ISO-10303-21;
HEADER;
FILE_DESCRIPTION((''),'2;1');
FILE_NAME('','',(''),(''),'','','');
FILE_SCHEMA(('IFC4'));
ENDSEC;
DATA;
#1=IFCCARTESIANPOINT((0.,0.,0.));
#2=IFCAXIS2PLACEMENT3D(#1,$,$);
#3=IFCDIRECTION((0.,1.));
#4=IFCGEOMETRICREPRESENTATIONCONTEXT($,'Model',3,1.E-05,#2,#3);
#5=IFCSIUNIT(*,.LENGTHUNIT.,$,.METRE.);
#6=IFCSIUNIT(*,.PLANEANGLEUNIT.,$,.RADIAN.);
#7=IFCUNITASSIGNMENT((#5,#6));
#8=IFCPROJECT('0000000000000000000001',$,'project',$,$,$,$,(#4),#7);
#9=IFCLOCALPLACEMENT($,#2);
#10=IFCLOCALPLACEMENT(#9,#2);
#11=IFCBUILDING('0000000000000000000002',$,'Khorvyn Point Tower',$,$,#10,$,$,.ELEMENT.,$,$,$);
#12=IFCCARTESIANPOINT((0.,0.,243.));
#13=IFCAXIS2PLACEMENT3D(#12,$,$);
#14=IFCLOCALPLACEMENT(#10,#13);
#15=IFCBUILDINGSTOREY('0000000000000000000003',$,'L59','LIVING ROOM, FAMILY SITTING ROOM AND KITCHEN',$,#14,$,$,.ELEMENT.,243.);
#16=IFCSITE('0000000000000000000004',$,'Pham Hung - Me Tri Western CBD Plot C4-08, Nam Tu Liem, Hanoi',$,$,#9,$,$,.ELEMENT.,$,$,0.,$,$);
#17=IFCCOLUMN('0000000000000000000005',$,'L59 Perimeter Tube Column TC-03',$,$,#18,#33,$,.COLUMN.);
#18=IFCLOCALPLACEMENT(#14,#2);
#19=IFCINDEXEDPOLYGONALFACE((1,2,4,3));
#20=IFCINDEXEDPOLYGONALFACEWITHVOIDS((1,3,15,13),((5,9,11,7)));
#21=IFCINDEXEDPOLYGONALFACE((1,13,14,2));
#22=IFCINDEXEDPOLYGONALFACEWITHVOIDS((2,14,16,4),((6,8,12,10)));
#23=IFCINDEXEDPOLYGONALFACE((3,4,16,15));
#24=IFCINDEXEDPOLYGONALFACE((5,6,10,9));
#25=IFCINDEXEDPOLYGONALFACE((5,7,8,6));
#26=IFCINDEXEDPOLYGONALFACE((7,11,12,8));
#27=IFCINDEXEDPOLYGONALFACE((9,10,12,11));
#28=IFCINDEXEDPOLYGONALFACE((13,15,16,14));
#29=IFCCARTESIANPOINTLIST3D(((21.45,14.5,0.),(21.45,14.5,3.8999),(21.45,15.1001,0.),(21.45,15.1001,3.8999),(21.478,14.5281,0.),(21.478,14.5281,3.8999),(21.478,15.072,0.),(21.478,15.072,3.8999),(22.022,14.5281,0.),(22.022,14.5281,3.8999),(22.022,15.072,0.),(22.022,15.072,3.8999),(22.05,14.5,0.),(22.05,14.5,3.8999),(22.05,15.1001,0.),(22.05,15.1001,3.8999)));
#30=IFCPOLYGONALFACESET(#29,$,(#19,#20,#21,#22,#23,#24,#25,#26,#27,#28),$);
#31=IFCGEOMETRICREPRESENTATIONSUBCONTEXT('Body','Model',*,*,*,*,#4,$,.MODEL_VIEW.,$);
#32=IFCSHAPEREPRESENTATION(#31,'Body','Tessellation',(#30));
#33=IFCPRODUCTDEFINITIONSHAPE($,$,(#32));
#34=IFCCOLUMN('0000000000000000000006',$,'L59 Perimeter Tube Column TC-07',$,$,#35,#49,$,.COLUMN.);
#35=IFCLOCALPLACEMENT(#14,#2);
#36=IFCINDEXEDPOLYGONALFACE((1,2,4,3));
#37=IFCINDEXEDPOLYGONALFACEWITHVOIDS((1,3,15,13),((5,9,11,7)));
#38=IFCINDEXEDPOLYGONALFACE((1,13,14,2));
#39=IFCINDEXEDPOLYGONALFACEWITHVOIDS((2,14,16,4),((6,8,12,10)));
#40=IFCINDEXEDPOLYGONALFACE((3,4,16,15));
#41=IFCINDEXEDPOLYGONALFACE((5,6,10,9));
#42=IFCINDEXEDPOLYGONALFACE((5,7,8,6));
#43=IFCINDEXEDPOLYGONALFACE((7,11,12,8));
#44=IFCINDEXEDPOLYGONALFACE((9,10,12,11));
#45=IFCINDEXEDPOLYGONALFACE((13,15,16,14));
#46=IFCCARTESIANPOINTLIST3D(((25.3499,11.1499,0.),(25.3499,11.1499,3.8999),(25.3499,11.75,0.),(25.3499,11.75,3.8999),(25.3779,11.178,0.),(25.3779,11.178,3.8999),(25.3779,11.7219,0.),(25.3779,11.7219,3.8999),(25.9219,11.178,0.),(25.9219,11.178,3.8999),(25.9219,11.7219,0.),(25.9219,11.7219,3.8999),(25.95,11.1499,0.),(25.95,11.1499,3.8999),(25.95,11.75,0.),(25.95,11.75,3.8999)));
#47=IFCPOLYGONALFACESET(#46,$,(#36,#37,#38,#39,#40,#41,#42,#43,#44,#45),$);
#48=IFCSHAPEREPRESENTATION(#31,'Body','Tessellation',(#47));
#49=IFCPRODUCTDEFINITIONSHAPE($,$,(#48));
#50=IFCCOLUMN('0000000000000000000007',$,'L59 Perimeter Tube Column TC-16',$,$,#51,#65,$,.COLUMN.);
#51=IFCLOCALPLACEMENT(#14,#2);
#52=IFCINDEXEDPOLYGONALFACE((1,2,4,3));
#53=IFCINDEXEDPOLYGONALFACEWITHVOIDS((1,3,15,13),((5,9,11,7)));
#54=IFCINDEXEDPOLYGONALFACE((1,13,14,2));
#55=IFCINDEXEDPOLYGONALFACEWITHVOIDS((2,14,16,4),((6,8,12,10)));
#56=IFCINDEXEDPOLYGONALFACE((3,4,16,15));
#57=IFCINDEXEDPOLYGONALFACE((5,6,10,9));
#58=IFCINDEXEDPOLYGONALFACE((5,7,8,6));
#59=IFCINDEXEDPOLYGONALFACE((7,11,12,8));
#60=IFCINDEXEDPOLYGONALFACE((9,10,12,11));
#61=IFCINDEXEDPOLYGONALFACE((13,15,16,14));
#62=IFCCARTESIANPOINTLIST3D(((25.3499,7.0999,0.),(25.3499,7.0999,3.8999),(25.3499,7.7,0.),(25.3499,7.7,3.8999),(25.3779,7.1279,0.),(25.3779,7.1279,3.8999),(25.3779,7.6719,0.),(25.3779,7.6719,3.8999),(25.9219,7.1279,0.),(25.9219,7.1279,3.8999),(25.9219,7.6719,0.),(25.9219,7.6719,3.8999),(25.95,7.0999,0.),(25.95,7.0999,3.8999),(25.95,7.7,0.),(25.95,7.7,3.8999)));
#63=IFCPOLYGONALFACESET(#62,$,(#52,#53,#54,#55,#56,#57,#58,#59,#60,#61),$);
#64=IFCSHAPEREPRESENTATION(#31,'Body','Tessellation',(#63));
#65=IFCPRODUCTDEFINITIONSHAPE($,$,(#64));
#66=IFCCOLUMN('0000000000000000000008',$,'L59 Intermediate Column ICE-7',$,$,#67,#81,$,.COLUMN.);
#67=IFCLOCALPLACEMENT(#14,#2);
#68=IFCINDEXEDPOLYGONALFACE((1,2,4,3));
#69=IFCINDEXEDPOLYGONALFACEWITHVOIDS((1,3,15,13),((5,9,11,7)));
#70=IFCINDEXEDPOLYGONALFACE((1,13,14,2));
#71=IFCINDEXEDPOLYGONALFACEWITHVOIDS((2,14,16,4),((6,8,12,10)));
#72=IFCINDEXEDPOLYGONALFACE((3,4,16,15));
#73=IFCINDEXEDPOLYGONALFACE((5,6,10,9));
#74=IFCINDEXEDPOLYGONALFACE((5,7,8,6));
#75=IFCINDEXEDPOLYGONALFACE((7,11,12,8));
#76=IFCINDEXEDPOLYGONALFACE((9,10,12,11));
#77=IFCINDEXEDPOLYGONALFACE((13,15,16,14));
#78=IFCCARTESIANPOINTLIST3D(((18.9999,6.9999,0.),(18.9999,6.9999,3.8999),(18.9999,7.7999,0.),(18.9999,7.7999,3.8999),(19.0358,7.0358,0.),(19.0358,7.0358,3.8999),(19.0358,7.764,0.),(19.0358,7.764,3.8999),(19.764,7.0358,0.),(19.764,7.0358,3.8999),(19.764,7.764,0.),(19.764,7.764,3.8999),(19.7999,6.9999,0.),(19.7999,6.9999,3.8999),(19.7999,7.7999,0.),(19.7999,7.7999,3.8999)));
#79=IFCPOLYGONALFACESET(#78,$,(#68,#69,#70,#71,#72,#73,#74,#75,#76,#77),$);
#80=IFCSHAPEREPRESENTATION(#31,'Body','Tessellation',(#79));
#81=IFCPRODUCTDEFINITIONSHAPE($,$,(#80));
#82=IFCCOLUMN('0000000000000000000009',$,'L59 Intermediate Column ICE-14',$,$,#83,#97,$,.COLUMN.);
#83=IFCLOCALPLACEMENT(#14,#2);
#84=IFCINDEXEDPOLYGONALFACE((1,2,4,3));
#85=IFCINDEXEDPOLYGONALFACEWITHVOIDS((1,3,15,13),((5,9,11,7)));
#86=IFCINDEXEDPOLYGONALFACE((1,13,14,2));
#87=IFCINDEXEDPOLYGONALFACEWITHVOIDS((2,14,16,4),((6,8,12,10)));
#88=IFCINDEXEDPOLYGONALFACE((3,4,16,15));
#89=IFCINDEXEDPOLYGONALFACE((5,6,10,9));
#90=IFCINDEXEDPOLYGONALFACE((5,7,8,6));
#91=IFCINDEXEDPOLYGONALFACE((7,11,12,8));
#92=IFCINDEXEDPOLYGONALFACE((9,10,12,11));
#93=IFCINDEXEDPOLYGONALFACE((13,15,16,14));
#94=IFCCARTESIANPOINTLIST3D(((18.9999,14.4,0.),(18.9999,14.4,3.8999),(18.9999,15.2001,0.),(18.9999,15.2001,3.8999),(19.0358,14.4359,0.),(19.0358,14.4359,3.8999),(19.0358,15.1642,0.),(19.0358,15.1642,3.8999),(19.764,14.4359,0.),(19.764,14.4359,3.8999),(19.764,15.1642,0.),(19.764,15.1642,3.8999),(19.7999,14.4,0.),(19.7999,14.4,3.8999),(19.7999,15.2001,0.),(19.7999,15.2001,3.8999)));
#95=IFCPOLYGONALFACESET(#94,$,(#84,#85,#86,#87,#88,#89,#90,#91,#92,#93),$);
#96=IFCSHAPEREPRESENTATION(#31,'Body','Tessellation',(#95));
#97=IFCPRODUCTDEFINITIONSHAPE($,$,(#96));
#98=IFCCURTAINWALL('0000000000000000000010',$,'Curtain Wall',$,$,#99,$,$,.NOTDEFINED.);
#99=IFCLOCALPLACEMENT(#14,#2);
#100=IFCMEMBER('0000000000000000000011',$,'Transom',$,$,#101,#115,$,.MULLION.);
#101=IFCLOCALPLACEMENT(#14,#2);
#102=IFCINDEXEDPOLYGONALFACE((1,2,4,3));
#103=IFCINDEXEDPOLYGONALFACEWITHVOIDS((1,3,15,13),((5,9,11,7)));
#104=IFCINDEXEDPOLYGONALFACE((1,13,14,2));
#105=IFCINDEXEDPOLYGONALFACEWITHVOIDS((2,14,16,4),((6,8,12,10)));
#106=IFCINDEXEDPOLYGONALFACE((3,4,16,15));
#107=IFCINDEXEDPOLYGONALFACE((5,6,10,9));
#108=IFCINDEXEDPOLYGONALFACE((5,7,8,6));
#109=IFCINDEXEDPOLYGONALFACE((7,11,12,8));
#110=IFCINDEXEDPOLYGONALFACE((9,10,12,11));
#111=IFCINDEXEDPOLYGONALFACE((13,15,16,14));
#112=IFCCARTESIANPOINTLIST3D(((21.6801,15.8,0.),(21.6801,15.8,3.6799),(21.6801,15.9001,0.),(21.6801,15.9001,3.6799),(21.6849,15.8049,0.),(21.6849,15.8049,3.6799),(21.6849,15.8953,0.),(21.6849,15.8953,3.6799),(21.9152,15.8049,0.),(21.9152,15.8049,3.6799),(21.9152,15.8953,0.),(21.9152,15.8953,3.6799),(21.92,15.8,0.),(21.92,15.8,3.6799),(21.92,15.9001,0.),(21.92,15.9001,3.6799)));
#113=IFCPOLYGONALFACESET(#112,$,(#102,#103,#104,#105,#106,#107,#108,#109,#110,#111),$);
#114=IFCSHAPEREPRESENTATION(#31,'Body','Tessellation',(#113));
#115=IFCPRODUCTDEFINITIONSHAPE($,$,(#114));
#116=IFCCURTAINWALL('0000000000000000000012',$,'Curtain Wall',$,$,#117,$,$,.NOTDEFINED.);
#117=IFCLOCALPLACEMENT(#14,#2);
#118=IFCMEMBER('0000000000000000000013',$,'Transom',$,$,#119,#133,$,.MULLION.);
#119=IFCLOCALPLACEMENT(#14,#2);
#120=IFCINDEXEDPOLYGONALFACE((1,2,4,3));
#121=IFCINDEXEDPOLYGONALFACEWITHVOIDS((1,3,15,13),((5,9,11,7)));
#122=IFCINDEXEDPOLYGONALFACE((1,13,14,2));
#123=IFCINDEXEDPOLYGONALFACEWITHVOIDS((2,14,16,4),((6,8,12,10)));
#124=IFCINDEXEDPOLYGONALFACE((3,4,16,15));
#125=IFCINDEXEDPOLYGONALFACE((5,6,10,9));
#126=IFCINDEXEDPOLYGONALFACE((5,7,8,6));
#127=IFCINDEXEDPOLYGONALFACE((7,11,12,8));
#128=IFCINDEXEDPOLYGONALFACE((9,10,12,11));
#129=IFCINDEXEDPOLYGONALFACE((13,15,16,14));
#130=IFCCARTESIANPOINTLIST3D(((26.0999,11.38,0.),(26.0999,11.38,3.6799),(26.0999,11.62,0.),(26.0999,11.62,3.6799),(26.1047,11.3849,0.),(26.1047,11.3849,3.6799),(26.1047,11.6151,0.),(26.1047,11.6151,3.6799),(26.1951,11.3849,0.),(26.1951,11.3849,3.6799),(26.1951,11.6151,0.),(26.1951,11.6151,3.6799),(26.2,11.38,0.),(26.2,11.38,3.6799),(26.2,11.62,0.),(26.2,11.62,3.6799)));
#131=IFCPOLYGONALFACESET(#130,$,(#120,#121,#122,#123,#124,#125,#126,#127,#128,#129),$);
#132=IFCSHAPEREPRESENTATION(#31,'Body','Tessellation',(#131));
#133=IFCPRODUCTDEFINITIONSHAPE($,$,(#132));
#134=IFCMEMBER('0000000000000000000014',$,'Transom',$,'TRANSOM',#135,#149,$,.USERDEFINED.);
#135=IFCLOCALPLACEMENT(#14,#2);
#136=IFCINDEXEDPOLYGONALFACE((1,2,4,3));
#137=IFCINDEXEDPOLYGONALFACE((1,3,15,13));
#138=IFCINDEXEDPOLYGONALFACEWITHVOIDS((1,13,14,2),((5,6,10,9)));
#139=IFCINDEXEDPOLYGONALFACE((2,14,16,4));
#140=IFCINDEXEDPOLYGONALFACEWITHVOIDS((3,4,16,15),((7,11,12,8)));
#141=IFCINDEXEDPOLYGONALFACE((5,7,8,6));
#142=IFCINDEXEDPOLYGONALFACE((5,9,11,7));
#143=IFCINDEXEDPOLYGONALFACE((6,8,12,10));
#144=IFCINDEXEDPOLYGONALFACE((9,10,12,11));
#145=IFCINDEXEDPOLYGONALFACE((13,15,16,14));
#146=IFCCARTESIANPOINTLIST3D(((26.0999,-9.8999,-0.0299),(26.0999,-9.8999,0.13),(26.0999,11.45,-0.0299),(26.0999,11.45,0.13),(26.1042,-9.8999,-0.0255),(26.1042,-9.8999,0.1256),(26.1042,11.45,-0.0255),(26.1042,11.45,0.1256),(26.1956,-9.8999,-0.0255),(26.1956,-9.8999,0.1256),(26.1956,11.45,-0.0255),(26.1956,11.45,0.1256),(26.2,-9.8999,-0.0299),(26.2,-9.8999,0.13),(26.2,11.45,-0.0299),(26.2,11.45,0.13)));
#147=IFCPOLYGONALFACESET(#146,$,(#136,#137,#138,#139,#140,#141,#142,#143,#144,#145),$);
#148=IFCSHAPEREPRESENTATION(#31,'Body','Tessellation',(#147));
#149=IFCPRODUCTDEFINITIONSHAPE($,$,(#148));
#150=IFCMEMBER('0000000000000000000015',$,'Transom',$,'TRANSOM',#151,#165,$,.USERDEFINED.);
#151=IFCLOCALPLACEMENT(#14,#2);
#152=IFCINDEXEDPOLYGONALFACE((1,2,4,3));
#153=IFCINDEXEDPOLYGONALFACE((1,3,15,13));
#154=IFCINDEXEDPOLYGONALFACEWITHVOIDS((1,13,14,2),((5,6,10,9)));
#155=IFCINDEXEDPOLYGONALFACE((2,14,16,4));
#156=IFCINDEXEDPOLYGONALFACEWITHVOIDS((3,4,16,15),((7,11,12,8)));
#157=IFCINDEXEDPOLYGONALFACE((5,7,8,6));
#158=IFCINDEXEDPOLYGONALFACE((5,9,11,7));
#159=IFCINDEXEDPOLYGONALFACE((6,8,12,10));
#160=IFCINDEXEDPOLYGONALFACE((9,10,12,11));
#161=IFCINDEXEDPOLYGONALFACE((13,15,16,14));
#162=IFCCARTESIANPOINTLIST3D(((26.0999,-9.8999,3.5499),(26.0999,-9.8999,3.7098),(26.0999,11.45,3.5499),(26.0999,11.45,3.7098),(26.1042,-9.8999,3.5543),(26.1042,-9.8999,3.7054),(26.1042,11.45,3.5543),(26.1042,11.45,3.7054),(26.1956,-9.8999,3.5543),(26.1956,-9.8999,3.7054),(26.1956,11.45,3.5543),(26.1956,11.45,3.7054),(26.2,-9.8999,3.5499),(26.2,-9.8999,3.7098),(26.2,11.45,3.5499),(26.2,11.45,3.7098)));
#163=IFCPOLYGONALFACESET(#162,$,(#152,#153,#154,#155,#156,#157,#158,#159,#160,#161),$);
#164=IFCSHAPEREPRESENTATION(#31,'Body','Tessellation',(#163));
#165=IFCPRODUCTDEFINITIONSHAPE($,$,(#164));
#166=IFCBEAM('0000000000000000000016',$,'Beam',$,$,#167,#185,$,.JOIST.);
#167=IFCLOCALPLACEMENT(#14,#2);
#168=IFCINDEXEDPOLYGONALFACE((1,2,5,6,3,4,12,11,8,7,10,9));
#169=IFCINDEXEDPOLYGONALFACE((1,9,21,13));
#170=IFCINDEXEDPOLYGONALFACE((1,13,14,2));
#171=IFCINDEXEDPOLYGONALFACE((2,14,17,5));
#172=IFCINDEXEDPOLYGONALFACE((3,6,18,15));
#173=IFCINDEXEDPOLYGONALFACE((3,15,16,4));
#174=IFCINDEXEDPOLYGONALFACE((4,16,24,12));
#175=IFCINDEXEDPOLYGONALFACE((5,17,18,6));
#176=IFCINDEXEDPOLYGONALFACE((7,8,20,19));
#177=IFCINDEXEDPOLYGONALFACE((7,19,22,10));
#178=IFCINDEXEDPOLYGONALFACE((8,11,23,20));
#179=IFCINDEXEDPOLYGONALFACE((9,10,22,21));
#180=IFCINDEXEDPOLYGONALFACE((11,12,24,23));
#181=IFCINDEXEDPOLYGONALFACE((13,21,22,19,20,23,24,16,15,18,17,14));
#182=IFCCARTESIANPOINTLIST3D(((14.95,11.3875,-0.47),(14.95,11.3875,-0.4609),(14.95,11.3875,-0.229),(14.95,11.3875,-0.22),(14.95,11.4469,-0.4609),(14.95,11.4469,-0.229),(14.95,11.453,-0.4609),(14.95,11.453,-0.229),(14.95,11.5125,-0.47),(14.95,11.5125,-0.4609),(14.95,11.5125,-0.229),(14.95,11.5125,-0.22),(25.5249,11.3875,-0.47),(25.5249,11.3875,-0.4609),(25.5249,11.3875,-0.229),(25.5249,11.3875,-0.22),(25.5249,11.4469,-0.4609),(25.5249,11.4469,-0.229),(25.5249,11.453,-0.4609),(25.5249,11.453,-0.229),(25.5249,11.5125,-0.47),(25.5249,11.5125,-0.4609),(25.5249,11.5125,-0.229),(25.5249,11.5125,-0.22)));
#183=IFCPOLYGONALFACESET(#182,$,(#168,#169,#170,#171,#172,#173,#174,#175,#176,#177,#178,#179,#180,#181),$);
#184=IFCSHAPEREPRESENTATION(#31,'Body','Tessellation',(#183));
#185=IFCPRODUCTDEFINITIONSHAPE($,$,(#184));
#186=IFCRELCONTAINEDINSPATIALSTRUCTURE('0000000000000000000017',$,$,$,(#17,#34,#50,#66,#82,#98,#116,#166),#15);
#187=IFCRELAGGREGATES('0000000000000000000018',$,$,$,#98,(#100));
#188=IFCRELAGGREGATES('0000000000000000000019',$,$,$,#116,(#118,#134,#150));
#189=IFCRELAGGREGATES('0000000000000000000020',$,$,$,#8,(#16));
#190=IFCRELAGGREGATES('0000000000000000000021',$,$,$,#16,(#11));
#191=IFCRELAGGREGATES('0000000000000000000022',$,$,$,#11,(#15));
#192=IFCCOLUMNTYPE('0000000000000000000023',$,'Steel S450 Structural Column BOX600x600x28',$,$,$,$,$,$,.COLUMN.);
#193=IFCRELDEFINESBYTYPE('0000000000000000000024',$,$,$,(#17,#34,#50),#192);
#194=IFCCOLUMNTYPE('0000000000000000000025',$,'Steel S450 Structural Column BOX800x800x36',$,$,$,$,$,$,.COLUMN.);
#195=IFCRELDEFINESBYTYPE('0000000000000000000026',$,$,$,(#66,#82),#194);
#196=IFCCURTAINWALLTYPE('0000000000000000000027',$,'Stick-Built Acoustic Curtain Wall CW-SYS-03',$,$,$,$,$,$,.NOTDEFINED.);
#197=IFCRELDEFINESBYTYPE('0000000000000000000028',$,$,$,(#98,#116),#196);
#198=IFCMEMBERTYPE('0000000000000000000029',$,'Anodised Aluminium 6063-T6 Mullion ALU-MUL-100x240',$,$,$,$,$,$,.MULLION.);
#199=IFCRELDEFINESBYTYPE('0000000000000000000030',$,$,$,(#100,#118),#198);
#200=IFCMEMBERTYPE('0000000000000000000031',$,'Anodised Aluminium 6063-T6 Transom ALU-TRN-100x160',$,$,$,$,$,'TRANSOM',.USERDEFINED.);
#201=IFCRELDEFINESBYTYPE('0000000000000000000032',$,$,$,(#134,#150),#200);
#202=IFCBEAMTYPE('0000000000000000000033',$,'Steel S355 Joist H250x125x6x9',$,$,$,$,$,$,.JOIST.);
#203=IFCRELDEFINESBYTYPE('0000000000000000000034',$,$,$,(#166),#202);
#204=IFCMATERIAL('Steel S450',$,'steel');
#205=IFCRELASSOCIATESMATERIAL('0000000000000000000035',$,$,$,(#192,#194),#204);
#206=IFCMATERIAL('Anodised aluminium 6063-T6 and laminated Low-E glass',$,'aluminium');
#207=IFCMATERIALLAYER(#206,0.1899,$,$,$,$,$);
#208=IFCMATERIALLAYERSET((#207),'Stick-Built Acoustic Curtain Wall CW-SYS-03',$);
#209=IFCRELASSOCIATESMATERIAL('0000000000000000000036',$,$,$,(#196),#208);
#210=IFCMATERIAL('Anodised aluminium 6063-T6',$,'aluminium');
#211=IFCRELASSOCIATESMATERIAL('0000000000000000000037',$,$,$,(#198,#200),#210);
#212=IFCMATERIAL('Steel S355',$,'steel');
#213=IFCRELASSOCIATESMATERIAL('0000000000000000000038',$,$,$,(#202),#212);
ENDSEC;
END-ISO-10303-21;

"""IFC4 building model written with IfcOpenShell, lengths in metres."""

from ifc_helpers import new_model, si_unit, direction, frame, origin, origin_2d, place, context, subcontext, project, spatial, hollow_rectangle, i_section, extrude, material, layer, layer_set, material_profile, profile_set, type_object, element, aggregate, save


model = new_model("IFC4")

# Units and contexts
model_context = context("Model", 3, precision=1e-05, world=origin(), true_north=direction((0.0, 1.0)))
body_context = subcontext(model_context, "Body", "Model", "MODEL_VIEW")
ifc_project = project(units=[si_unit("LENGTHUNIT", "METRE"), si_unit("PLANEANGLEUNIT", "RADIAN")], contexts=[model_context])

# Site, building, storey
site_placement = place(None, origin())
site = spatial("IfcSite", under=ifc_project, at=site_placement, Name="Pham Hung - Me Tri Western CBD Plot C4-08, Nam Tu Liem, Hanoi", CompositionType="ELEMENT", RefElevation=0.0)
building_placement = place(site_placement, origin())
building = spatial("IfcBuilding", under=site, at=building_placement, Name="Khorvyn Point Tower", CompositionType="ELEMENT")
storey_placement = place(building_placement, frame((0.0, 0.0, 243.0)))
storey = spatial("IfcBuildingStorey", under=building, at=storey_placement, Name="L59", Description="LIVING ROOM, FAMILY SITTING ROOM AND KITCHEN", CompositionType="ELEMENT", Elevation=243.0)

# Columns
ifc_material_1 = material(Name="Steel S450", Category="steel")
ifc_material_profile_1 = material_profile(ifc_material_1, hollow_rectangle(XDim=0.6001, YDim=0.6001, WallThickness=0.0281, at=origin_2d()))
ifc_profile_set_1 = profile_set([ifc_material_profile_1], Name="Steel S450 BOX600x600x28")
column_type_1 = type_object("IfcColumnType", Name="Steel S450 Structural Column BOX600x600x28", PredefinedType="COLUMN", material=ifc_profile_set_1)
for number, where, z_axis, x_axis, name in (
    (1, (21.75, 14.8, 0.0), (0.0, 0.0, 1.0), (1.0, 0.0, 0.0), "L59 Perimeter Tube Column TC-03"),
    (2, (25.6499, 11.45, 0.0), (0.0, 0.0, 1.0), (1.0, 0.0, 0.0), "L59 Perimeter Tube Column TC-07"),
    (3, (25.6499, 7.3999, 0.0), (0.0, 0.0, 1.0), (1.0, 0.0, 0.0), "L59 Perimeter Tube Column TC-16"),
):
    element("IfcColumn", number, at=place(storey_placement, frame(where, z_axis=z_axis, x_axis=x_axis)), inside=storey, type_object=column_type_1, Name=name, PredefinedType="COLUMN", context=body_context, shape_type="SweptSolid", body=[
        extrude(hollow_rectangle(XDim=0.6001, YDim=0.6001, WallThickness=0.0281, at=origin_2d()), origin(), (0.0, 0.0, 1.0), 3.8999),
    ])
ifc_material_profile_2 = material_profile(ifc_material_1, hollow_rectangle(XDim=0.8, YDim=0.8, WallThickness=0.0359, at=origin_2d()))
ifc_profile_set_2 = profile_set([ifc_material_profile_2], Name="Steel S450 BOX800x800x36")
column_type_2 = type_object("IfcColumnType", Name="Steel S450 Structural Column BOX800x800x36", PredefinedType="COLUMN", material=ifc_profile_set_2)
for number, where, z_axis, x_axis, name in (
    (4, (19.3999, 7.3999, 0.0), (0.0, 0.0, 1.0), (1.0, 0.0, 0.0), "L59 Intermediate Column ICE-7"),
    (5, (19.3999, 14.8, 0.0), (0.0, 0.0, 1.0), (1.0, 0.0, 0.0), "L59 Intermediate Column ICE-14"),
):
    element("IfcColumn", number, at=place(storey_placement, frame(where, z_axis=z_axis, x_axis=x_axis)), inside=storey, type_object=column_type_2, Name=name, PredefinedType="COLUMN", context=body_context, shape_type="SweptSolid", body=[
        extrude(hollow_rectangle(XDim=0.8, YDim=0.8, WallThickness=0.0359, at=origin_2d()), origin(), (0.0, 0.0, 1.0), 3.8999),
    ])

# Curtain wall, member
ifc_material_2 = material(Name="Anodised aluminium 6063-T6 and laminated Low-E glass", Category="aluminium")
ifc_layer_1 = layer(ifc_material_2, 0.1899)
ifc_layer_set_1 = layer_set([ifc_layer_1], Name="Stick-Built Acoustic Curtain Wall CW-SYS-03")
curtain_wall_type = type_object("IfcCurtainWallType", Name="Stick-Built Acoustic Curtain Wall CW-SYS-03", PredefinedType="NOTDEFINED", material=ifc_layer_set_1)
curtain_wall_1_placement = place(storey_placement, origin())
curtain_wall_1 = element("IfcCurtainWall", 6, at=curtain_wall_1_placement, inside=storey, type_object=curtain_wall_type, Name="Curtain Wall", PredefinedType="NOTDEFINED")
ifc_material_3 = material(Name="Anodised aluminium 6063-T6", Category="aluminium")
ifc_material_profile_3 = material_profile(ifc_material_3, hollow_rectangle(XDim=0.1001, YDim=0.24, WallThickness=0.0049, at=origin_2d()))
ifc_profile_set_3 = profile_set([ifc_material_profile_3], Name="Anodised aluminium 6063-T6 ALU-MUL-100x240")
member_type_1 = type_object("IfcMemberType", Name="Anodised Aluminium 6063-T6 Mullion ALU-MUL-100x240", PredefinedType="MULLION", material=ifc_profile_set_3)
member_1_placement = place(storey_placement, frame((21.8, 15.8501, 0.0), z_axis=(0.0, 0.0, 1.0), x_axis=(0.0, 1.0, 0.0)))
member_1 = element("IfcMember", 7, at=member_1_placement, type_object=member_type_1, Name="Transom", PredefinedType="MULLION", context=body_context, shape_type="SweptSolid", body=[
    extrude(hollow_rectangle(XDim=0.1001, YDim=0.24, WallThickness=0.0049, at=origin_2d()), origin(), (0.0, 0.0, 1.0), 3.6799),
])
aggregate(curtain_wall_1, [member_1])

# Curtain wall, members
curtain_wall_2_placement = place(storey_placement, origin())
curtain_wall_2 = element("IfcCurtainWall", 8, at=curtain_wall_2_placement, inside=storey, type_object=curtain_wall_type, Name="Curtain Wall", PredefinedType="NOTDEFINED")
member_2_placement = place(storey_placement, frame((26.1499, 11.5, 0.0), z_axis=(0.0, 0.0, 1.0), x_axis=(1.0, 0.0, 0.0)))
member_2 = element("IfcMember", 9, at=member_2_placement, type_object=member_type_1, Name="Transom", PredefinedType="MULLION", context=body_context, shape_type="SweptSolid", body=[
    extrude(hollow_rectangle(XDim=0.1001, YDim=0.24, WallThickness=0.0049, at=origin_2d()), origin(), (0.0, 0.0, 1.0), 3.6799),
])
ifc_material_profile_4 = material_profile(ifc_material_3, hollow_rectangle(XDim=0.1001, YDim=0.1599, WallThickness=0.0044, at=origin_2d()))
ifc_profile_set_4 = profile_set([ifc_material_profile_4], Name="Anodised aluminium 6063-T6 ALU-TRN-100x160")
member_type_2 = type_object("IfcMemberType", Name="Anodised Aluminium 6063-T6 Transom ALU-TRN-100x160", ElementType="TRANSOM", PredefinedType="USERDEFINED", material=ifc_profile_set_4)
member_3_placement = place(storey_placement, frame((26.1499, 11.45, 0.05), z_axis=(0.0, -1.0, 0.0), x_axis=(1.0, 0.0, 0.0)))
member_3 = element("IfcMember", 10, at=member_3_placement, type_object=member_type_2, Name="Transom", ObjectType="TRANSOM", PredefinedType="USERDEFINED", context=body_context, shape_type="SweptSolid", body=[
    extrude(hollow_rectangle(XDim=0.1001, YDim=0.1599, WallThickness=0.0044, at=origin_2d()), origin(), (0.0, 0.0, 1.0), 21.3499),
])
member_4_placement = place(storey_placement, frame((26.1499, 11.45, 3.6299), z_axis=(0.0, -1.0, 0.0), x_axis=(1.0, 0.0, 0.0)))
member_4 = element("IfcMember", 11, at=member_4_placement, type_object=member_type_2, Name="Transom", ObjectType="TRANSOM", PredefinedType="USERDEFINED", context=body_context, shape_type="SweptSolid", body=[
    extrude(hollow_rectangle(XDim=0.1001, YDim=0.1599, WallThickness=0.0044, at=origin_2d()), origin(), (0.0, 0.0, 1.0), 21.3499),
])

# Beam
ifc_material_4 = material(Name="Steel S355", Category="steel")
ifc_material_profile_5 = material_profile(ifc_material_4, i_section(OverallWidth=0.125, OverallDepth=0.25, WebThickness=0.0061, FlangeThickness=0.009, at=origin_2d()))
ifc_profile_set_5 = profile_set([ifc_material_profile_5], Name="Steel S355 H250x125x6x9")
beam_type_1 = type_object("IfcBeamType", Name="Steel S355 Joist H250x125x6x9", PredefinedType="JOIST", material=ifc_profile_set_5)
beam_1_placement = place(storey_placement, frame((14.95, 11.45, -0.345), z_axis=(1.0, 0.0, 0.0), x_axis=(0.0, 1.0, 0.0)))
element("IfcBeam", 12, at=beam_1_placement, inside=storey, type_object=beam_type_1, Name="Beam", PredefinedType="JOIST", context=body_context, shape_type="SweptSolid", body=[
    extrude(i_section(OverallWidth=0.125, OverallDepth=0.25, WebThickness=0.0061, FlangeThickness=0.009, at=origin_2d()), origin(), (0.0, 0.0, 1.0), 10.575),
])

aggregate(curtain_wall_2, [member_2, member_3, member_4])

save(model, "model.ifc")
